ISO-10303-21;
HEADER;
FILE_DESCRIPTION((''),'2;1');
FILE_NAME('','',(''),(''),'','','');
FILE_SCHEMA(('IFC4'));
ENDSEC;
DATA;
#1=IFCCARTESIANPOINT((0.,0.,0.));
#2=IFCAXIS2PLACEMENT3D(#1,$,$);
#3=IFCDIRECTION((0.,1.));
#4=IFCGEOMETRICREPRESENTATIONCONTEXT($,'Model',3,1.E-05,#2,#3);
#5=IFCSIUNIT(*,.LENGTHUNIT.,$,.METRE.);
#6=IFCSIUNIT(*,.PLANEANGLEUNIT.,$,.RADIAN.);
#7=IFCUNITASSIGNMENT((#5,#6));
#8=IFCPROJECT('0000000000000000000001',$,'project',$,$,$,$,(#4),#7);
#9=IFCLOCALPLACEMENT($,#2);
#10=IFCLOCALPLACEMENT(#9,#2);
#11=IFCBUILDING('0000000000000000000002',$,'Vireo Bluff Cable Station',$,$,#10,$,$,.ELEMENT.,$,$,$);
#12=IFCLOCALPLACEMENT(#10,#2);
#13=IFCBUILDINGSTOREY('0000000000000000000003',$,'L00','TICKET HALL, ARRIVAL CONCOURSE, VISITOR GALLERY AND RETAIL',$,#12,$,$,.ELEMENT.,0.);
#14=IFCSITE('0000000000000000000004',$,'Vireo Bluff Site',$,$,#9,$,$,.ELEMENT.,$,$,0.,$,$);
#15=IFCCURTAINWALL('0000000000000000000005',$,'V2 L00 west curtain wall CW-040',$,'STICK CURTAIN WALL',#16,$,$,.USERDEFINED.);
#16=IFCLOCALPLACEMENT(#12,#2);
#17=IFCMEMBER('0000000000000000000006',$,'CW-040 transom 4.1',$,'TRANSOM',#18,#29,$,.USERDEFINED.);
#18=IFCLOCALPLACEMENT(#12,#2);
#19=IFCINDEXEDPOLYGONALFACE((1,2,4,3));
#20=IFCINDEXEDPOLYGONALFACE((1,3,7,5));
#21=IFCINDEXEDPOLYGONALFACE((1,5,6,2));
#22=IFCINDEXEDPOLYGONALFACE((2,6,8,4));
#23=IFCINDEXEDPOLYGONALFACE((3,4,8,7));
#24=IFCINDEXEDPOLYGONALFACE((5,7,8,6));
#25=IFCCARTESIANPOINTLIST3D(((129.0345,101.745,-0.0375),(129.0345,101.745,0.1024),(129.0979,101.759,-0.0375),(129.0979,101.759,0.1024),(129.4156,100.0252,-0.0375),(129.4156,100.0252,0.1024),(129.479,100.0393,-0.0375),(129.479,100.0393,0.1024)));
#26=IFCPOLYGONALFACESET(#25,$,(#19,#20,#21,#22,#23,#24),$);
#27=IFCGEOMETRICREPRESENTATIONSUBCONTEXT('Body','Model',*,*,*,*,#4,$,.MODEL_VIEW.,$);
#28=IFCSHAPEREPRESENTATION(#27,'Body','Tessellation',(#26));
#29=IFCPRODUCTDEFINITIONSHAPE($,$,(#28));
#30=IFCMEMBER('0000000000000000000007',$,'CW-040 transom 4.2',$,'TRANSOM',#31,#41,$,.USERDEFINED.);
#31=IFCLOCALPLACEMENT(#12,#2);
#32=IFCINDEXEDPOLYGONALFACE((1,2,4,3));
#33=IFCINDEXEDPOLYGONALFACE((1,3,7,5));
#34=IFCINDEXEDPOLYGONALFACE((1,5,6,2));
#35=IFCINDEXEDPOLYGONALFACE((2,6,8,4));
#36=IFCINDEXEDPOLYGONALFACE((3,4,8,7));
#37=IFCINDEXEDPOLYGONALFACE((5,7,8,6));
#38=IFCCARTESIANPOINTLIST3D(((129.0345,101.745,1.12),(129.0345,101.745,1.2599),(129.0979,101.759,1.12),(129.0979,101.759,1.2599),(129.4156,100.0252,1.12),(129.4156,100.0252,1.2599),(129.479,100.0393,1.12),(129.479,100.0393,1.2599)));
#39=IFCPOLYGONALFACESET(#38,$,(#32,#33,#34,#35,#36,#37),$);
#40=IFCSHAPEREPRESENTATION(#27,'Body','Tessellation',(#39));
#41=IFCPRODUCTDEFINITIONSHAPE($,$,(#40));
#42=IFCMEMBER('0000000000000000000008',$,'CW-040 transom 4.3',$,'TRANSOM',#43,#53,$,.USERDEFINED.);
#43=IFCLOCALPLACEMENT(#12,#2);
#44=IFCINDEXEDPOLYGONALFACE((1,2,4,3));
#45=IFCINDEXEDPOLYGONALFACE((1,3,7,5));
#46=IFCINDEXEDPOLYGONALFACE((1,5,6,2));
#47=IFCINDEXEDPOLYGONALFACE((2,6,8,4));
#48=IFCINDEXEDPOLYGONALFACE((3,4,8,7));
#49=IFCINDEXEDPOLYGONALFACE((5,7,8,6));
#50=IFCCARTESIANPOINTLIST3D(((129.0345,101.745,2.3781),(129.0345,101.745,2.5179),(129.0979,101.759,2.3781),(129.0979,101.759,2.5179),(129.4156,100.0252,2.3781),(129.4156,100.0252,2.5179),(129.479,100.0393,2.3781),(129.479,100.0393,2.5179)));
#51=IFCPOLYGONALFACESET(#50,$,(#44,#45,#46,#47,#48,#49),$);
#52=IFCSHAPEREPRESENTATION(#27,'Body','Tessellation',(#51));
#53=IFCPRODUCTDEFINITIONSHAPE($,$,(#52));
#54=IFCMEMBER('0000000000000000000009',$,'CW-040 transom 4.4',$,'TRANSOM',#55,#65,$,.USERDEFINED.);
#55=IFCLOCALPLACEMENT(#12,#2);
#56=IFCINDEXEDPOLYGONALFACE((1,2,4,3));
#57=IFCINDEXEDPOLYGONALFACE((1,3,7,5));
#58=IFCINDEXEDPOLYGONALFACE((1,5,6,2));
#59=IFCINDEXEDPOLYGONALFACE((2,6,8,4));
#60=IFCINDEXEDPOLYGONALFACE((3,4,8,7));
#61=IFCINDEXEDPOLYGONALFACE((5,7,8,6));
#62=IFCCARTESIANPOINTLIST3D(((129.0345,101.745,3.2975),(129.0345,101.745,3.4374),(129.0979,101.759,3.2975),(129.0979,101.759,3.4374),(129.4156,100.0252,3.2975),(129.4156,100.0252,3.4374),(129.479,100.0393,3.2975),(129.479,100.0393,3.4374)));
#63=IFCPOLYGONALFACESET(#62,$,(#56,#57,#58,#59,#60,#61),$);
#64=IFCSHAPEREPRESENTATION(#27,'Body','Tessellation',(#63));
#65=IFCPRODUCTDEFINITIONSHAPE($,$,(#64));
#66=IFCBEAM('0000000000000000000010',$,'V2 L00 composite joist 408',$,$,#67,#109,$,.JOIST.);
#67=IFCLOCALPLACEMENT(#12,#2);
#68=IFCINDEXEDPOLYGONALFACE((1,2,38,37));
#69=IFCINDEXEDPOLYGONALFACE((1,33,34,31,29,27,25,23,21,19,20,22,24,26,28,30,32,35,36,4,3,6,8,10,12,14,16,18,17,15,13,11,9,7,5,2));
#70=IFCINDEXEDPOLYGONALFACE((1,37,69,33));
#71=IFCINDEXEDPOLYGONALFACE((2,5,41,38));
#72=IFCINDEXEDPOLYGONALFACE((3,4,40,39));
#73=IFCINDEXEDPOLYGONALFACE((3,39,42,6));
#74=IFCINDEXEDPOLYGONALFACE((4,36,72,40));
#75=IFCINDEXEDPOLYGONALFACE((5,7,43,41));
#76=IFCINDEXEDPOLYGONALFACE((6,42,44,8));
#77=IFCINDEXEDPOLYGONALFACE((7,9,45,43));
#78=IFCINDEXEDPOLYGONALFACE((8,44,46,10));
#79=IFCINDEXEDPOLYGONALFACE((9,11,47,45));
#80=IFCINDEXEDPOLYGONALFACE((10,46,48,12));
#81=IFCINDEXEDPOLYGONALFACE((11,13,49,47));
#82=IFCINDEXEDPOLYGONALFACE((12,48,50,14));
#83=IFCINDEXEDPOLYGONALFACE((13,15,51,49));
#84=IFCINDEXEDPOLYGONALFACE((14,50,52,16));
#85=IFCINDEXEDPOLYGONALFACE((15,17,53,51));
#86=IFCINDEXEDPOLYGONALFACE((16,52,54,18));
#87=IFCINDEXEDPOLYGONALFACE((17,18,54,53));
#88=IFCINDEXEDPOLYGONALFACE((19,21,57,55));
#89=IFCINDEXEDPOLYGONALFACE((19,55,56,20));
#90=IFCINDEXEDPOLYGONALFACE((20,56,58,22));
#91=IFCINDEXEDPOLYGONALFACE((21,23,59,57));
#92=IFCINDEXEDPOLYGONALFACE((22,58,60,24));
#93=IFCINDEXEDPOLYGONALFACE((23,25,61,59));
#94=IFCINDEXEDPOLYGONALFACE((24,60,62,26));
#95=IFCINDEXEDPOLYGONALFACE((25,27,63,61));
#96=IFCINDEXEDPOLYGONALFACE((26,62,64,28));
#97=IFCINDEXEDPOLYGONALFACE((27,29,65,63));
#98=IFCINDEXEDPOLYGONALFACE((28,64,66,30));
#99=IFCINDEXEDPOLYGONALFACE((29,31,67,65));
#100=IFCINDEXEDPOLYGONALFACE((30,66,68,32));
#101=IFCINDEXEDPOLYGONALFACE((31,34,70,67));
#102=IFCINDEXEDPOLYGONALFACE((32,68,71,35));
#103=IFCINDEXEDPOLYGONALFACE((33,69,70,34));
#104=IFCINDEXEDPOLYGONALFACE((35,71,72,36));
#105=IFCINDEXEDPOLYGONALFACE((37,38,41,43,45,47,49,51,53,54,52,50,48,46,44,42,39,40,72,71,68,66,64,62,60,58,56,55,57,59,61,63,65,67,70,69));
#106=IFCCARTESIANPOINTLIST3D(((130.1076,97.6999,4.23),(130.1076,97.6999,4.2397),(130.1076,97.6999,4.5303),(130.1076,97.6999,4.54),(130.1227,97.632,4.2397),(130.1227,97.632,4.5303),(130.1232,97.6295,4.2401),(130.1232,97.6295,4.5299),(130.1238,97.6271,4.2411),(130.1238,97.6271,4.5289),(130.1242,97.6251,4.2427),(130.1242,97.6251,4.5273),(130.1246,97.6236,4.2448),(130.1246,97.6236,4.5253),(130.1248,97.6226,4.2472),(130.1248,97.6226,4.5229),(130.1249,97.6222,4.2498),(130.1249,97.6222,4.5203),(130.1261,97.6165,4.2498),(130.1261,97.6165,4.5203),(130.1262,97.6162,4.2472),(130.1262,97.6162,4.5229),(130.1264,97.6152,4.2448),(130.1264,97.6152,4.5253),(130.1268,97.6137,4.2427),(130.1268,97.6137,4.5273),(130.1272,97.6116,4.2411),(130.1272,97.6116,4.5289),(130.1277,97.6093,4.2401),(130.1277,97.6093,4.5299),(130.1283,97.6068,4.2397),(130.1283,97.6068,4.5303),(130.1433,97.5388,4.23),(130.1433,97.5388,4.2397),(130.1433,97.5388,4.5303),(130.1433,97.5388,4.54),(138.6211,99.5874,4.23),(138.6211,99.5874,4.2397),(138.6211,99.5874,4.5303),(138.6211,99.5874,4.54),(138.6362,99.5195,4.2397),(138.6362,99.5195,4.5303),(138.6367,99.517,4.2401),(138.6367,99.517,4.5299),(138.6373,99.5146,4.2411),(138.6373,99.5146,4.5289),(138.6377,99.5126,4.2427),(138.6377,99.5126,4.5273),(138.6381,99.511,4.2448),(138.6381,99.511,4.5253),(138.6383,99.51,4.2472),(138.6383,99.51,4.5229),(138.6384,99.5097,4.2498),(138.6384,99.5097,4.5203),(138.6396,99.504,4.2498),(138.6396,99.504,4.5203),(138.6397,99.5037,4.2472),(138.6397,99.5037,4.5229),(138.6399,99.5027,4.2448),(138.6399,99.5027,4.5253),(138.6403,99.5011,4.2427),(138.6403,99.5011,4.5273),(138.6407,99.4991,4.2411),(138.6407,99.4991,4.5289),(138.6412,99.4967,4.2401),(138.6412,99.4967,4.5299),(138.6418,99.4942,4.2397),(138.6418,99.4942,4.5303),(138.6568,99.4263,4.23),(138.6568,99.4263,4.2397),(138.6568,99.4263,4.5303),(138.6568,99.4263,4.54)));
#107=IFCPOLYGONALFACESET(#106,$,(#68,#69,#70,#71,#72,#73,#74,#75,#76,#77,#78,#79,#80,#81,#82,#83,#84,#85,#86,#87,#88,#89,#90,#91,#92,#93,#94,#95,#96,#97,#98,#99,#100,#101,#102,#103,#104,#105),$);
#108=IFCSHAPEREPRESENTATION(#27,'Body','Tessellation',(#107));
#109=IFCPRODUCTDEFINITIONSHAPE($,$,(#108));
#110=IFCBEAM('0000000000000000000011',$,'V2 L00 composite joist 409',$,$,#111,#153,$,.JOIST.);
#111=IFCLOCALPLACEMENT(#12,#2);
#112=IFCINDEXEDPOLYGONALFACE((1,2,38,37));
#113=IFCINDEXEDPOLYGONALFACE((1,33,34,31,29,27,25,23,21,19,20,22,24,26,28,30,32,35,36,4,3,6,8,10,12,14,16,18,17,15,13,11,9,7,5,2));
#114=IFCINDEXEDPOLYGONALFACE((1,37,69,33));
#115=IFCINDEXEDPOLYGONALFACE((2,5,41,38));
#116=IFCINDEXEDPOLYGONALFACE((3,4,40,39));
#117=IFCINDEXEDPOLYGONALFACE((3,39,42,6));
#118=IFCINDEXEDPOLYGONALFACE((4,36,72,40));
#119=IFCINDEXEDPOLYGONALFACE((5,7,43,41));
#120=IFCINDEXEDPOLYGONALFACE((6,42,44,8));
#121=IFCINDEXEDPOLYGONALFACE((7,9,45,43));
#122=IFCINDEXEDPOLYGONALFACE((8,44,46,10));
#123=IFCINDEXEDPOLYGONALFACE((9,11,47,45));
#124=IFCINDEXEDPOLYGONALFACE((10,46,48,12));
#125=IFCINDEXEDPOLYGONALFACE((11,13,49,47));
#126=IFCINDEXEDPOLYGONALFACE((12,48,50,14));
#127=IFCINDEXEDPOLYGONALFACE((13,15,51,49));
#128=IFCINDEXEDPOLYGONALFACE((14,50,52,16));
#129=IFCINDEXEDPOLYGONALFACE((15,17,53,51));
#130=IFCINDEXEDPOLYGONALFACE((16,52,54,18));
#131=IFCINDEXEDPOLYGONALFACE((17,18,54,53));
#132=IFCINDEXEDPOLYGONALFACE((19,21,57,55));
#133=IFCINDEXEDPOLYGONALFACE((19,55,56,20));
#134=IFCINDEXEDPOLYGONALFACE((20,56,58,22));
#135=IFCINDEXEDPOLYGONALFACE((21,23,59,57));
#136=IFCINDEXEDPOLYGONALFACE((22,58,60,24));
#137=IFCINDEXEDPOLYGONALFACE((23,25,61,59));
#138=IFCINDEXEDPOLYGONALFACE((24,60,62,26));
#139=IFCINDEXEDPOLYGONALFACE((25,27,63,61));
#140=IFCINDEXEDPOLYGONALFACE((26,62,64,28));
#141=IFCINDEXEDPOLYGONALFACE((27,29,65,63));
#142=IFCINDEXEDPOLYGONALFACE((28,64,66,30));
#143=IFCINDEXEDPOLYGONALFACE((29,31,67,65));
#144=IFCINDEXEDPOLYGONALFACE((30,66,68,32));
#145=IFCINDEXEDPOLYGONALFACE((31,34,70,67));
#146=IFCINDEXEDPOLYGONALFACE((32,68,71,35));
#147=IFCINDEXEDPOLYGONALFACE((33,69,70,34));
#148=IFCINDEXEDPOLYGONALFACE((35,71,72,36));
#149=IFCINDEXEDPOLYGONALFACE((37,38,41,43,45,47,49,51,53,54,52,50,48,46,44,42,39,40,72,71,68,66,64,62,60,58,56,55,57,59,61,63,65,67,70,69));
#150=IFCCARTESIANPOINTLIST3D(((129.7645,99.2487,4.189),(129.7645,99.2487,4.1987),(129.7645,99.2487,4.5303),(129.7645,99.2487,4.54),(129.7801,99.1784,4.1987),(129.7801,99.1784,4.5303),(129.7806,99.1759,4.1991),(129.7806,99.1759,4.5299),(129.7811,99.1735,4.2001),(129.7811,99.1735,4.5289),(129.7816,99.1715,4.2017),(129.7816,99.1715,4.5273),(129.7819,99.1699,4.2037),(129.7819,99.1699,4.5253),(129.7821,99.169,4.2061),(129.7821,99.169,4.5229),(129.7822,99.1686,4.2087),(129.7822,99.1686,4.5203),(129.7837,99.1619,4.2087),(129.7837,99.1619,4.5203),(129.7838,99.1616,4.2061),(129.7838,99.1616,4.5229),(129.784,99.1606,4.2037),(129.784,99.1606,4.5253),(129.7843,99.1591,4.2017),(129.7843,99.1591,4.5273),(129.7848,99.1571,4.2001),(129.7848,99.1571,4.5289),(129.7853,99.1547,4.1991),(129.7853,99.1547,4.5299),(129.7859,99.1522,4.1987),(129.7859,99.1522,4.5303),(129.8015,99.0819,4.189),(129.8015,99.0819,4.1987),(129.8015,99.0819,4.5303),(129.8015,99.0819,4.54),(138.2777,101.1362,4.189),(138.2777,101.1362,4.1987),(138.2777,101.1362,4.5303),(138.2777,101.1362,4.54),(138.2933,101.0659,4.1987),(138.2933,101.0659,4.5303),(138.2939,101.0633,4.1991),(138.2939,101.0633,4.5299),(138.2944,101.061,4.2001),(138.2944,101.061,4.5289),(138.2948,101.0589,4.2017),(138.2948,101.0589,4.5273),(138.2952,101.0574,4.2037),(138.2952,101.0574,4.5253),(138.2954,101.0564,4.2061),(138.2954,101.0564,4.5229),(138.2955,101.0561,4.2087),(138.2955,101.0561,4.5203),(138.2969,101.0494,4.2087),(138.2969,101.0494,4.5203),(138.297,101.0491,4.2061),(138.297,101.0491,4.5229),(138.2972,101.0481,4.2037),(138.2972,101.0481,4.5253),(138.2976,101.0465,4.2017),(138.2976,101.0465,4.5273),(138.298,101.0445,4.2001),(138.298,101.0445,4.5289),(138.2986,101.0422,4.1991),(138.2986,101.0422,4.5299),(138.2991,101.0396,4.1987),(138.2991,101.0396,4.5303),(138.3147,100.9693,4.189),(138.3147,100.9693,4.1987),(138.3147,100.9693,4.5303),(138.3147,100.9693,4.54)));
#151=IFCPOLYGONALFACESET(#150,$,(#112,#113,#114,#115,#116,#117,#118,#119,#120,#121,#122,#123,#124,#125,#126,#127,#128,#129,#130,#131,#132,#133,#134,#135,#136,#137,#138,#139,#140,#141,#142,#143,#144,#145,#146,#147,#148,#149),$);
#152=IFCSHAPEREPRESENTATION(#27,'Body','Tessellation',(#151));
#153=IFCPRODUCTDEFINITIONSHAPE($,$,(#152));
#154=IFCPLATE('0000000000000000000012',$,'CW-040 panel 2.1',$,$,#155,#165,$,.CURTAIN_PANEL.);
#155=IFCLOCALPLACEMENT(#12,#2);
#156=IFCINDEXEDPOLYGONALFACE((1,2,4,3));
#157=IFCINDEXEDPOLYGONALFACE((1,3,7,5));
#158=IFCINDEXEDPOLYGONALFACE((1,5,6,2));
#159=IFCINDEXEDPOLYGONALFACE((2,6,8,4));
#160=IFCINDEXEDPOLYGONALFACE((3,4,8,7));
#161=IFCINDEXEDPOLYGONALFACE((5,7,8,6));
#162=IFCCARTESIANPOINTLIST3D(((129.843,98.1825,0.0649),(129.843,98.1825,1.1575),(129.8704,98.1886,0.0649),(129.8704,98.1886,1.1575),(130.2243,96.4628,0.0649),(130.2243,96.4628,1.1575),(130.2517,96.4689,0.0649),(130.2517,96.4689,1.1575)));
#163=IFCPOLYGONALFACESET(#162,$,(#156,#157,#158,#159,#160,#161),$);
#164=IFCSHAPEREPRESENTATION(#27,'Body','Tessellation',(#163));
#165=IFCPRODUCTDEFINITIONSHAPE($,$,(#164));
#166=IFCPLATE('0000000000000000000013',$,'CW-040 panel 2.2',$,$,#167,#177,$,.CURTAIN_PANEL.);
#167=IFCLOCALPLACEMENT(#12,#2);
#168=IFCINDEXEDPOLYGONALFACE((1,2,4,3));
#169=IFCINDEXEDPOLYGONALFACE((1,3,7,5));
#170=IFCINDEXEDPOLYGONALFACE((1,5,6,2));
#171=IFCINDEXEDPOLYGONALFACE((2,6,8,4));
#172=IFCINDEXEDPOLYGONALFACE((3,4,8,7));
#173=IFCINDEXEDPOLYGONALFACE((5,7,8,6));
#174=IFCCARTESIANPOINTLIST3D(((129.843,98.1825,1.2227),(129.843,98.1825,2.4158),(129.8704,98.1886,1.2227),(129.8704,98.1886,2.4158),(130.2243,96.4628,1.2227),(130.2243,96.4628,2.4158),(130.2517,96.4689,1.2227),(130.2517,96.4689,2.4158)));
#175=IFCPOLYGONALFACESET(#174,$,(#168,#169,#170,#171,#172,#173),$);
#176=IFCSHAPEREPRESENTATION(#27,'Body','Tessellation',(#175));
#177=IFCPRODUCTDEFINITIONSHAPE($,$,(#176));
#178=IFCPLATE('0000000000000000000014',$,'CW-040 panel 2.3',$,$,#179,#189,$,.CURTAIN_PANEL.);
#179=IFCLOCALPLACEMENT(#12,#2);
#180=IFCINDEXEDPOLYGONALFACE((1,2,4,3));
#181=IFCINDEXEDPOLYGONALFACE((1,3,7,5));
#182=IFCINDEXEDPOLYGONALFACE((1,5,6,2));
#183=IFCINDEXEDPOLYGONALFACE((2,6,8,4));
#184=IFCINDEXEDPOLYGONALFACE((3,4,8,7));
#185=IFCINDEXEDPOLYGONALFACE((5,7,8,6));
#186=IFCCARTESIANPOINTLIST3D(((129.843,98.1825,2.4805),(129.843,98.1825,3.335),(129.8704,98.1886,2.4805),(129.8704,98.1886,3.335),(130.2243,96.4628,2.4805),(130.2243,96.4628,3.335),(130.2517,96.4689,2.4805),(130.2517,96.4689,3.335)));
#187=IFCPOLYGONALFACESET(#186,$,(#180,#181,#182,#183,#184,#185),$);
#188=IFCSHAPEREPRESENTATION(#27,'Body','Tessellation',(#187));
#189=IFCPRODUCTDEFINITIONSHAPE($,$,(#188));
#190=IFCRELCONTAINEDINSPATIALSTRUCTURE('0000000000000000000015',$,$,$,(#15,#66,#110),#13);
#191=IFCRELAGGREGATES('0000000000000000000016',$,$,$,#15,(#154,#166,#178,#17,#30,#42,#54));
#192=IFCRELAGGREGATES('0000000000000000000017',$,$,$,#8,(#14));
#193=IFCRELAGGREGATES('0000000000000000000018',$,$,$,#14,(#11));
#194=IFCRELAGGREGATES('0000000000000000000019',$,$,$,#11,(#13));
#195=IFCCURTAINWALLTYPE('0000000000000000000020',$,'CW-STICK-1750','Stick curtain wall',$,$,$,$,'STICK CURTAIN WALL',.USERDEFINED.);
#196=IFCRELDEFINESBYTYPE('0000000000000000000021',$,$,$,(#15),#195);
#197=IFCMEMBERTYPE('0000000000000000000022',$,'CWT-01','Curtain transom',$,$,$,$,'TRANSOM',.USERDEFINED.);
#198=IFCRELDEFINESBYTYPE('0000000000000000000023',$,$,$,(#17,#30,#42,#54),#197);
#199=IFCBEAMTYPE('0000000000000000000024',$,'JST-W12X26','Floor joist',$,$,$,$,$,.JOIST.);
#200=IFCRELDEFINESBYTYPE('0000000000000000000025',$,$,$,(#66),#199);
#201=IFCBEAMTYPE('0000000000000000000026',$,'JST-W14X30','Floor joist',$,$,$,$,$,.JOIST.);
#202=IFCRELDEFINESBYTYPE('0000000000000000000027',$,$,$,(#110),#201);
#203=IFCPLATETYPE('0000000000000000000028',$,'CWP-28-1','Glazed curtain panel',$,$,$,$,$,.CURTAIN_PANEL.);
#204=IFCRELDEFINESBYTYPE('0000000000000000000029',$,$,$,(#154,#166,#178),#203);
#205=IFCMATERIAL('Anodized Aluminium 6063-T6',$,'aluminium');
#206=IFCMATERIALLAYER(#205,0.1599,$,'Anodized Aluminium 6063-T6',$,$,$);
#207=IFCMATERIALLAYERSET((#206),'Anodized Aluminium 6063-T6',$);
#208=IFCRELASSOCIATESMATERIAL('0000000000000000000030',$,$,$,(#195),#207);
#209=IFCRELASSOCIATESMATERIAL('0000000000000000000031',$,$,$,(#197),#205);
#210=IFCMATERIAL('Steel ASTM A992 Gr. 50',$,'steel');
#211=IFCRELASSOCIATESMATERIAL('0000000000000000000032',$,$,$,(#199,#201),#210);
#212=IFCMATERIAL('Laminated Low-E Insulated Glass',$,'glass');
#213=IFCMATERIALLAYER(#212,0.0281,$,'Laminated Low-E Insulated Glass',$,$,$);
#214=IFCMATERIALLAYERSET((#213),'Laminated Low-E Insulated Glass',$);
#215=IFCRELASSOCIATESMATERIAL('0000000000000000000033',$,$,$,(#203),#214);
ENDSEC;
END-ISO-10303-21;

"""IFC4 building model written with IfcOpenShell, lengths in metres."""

from ifc_helpers import new_model, si_unit, direction, frame, origin, origin_2d, place, context, subcontext, project, spatial, rectangle, i_section, extrude, material, layer, layer_set, material_profile, profile_set, type_object, element, aggregate, save


model = new_model("IFC4")

# Units and contexts
model_context = context("Model", 3, precision=1e-05, world=origin(), true_north=direction((0.0, 1.0)))
body_context = subcontext(model_context, "Body", "Model", "MODEL_VIEW")
ifc_project = project(units=[si_unit("LENGTHUNIT", "METRE"), si_unit("PLANEANGLEUNIT", "RADIAN")], contexts=[model_context])

# Site, building, storey
site_placement = place(None, origin())
site = spatial("IfcSite", under=ifc_project, at=site_placement, Name="Vireo Bluff Site", CompositionType="ELEMENT", RefElevation=0.0)
building_placement = place(site_placement, origin())
building = spatial("IfcBuilding", under=site, at=building_placement, Name="Vireo Bluff Cable Station", CompositionType="ELEMENT")
storey_placement = place(building_placement, origin())
storey = spatial("IfcBuildingStorey", under=building, at=storey_placement, Name="L00", Description="TICKET HALL, ARRIVAL CONCOURSE, VISITOR GALLERY AND RETAIL", CompositionType="ELEMENT", Elevation=0.0)

# Curtain wall, members
ifc_material_1 = material(Name="Anodized Aluminium 6063-T6", Category="aluminium")
ifc_layer_1 = layer(ifc_material_1, 0.1599, Name="Anodized Aluminium 6063-T6")
ifc_layer_set_1 = layer_set([ifc_layer_1], Name="Anodized Aluminium 6063-T6")
curtain_wall_type = type_object("IfcCurtainWallType", Name="CW-STICK-1750", Description="Stick curtain wall", ElementType="STICK CURTAIN WALL", PredefinedType="USERDEFINED", material=ifc_layer_set_1)
curtain_wall_placement = place(storey_placement, origin())
curtain_wall = element("IfcCurtainWall", 1, at=curtain_wall_placement, inside=storey, type_object=curtain_wall_type, Name="V2 L00 west curtain wall CW-040", ObjectType="STICK CURTAIN WALL", PredefinedType="USERDEFINED")
ifc_material_profile_1 = material_profile(ifc_material_1, rectangle(XDim=0.0649, YDim=0.1399, at=origin_2d()), Name="ALU-T-65X140")
ifc_profile_set_1 = profile_set([ifc_material_profile_1], Name="Anodized Aluminium 6063-T6")
member_type_1 = type_object("IfcMemberType", Name="CWT-01", Description="Curtain transom", ElementType="TRANSOM", PredefinedType="USERDEFINED", material=ifc_profile_set_1)
member_1_placement = place(storey_placement, frame((129.4473, 100.0322, 0.0325), z_axis=(-0.216358, 0.976314, 0.0), x_axis=(-0.976314, -0.216358, 0.0)))
member_1 = element("IfcMember", 2, at=member_1_placement, type_object=member_type_1, Name="CW-040 transom 4.1", ObjectType="TRANSOM", PredefinedType="USERDEFINED", context=body_context, shape_type="SweptSolid", body=[
    extrude(rectangle(XDim=0.0649, YDim=0.1399, at=origin_2d()), origin(), (0.0, 0.0, 1.0), 1.7615),
])
member_2_placement = place(storey_placement, frame((129.4473, 100.0322, 1.1899), z_axis=(-0.216358, 0.976314, 0.0), x_axis=(-0.976314, -0.216358, 0.0)))
member_2 = element("IfcMember", 3, at=member_2_placement, type_object=member_type_1, Name="CW-040 transom 4.2", ObjectType="TRANSOM", PredefinedType="USERDEFINED", context=body_context, shape_type="SweptSolid", body=[
    extrude(rectangle(XDim=0.0649, YDim=0.1399, at=origin_2d()), origin(), (0.0, 0.0, 1.0), 1.7615),
])
member_3_placement = place(storey_placement, frame((129.4473, 100.0322, 2.448), z_axis=(-0.216358, 0.976314, 0.0), x_axis=(-0.976314, -0.216358, 0.0)))
member_3 = element("IfcMember", 4, at=member_3_placement, type_object=member_type_1, Name="CW-040 transom 4.3", ObjectType="TRANSOM", PredefinedType="USERDEFINED", context=body_context, shape_type="SweptSolid", body=[
    extrude(rectangle(XDim=0.0649, YDim=0.1399, at=origin_2d()), origin(), (0.0, 0.0, 1.0), 1.7615),
])
member_4_placement = place(storey_placement, frame((129.4473, 100.0322, 3.3674), z_axis=(-0.216358, 0.976314, 0.0), x_axis=(-0.976314, -0.216358, 0.0)))
member_4 = element("IfcMember", 5, at=member_4_placement, type_object=member_type_1, Name="CW-040 transom 4.4", ObjectType="TRANSOM", PredefinedType="USERDEFINED", context=body_context, shape_type="SweptSolid", body=[
    extrude(rectangle(XDim=0.0649, YDim=0.1399, at=origin_2d()), origin(), (0.0, 0.0, 1.0), 1.7615),
])

# Beams
ifc_material_2 = material(Name="Steel ASTM A992 Gr. 50", Category="steel")
ifc_material_profile_2 = material_profile(ifc_material_2, i_section(OverallWidth=0.165, OverallDepth=0.3101, WebThickness=0.0059, FlangeThickness=0.0098, FilletRadius=0.01, at=origin_2d()), Name="W12X26")
ifc_profile_set_2 = profile_set([ifc_material_profile_2], Name="Steel ASTM A992 Gr. 50")
beam_type_1 = type_object("IfcBeamType", Name="JST-W12X26", Description="Floor joist", PredefinedType="JOIST", material=ifc_profile_set_2)
beam_1_placement = place(storey_placement, frame((130.1255, 97.6194, 4.385), z_axis=(0.976294, 0.216447, 0.0), x_axis=(-0.216447, 0.976294, 0.0)))
element("IfcBeam", 6, at=beam_1_placement, inside=storey, type_object=beam_type_1, Name="V2 L00 composite joist 408", PredefinedType="JOIST", context=body_context, shape_type="SweptSolid", body=[
    extrude(i_section(OverallWidth=0.165, OverallDepth=0.3101, WebThickness=0.0059, FlangeThickness=0.0098, FilletRadius=0.01, at=origin_2d()), origin(), (0.0, 0.0, 1.0), 8.7202),
])
ifc_material_profile_3 = material_profile(ifc_material_2, i_section(OverallWidth=0.1709, OverallDepth=0.3511, WebThickness=0.0068, FlangeThickness=0.0098, FilletRadius=0.01, at=origin_2d()), Name="W14X30")
ifc_profile_set_3 = profile_set([ifc_material_profile_3], Name="Steel ASTM A992 Gr. 50")
beam_type_2 = type_object("IfcBeamType", Name="JST-W14X30", Description="Floor joist", PredefinedType="JOIST", material=ifc_profile_set_3)
beam_2_placement = place(storey_placement, frame((129.783, 99.1653, 4.3645), z_axis=(0.976293, 0.216453, 0.0), x_axis=(-0.216453, 0.976293, 0.0)))
element("IfcBeam", 7, at=beam_2_placement, inside=storey, type_object=beam_type_2, Name="V2 L00 composite joist 409", PredefinedType="JOIST", context=body_context, shape_type="SweptSolid", body=[
    extrude(i_section(OverallWidth=0.1709, OverallDepth=0.3511, WebThickness=0.0068, FlangeThickness=0.0098, FilletRadius=0.01, at=origin_2d()), origin(), (0.0, 0.0, 1.0), 8.72),
])

# Plates
ifc_material_3 = material(Name="Laminated Low-E Insulated Glass", Category="glass")
ifc_layer_2 = layer(ifc_material_3, 0.0281, Name="Laminated Low-E Insulated Glass")
ifc_layer_set_2 = layer_set([ifc_layer_2], Name="Laminated Low-E Insulated Glass")
plate_type = type_object("IfcPlateType", Name="CWP-28-1", Description="Glazed curtain panel", PredefinedType="CURTAIN_PANEL", material=ifc_layer_set_2)
plate_1_placement = place(storey_placement, frame((130.0474, 97.3257, 0.0649), z_axis=(0.0, 0.0, 1.0), x_axis=(-0.21644, 0.976296, 0.0)))
plate_1 = element("IfcPlate", 8, at=plate_1_placement, type_object=plate_type, Name="CW-040 panel 2.1", PredefinedType="CURTAIN_PANEL", context=body_context, shape_type="SweptSolid", body=[
    extrude(rectangle(XDim=1.7615, YDim=0.0281, at=origin_2d()), origin(), (0.0, 0.0, 1.0), 1.0925),
])
plate_2_placement = place(storey_placement, frame((130.0474, 97.3257, 1.2227), z_axis=(0.0, 0.0, 1.0), x_axis=(-0.21644, 0.976296, 0.0)))
plate_2 = element("IfcPlate", 9, at=plate_2_placement, type_object=plate_type, Name="CW-040 panel 2.2", PredefinedType="CURTAIN_PANEL", context=body_context, shape_type="SweptSolid", body=[
    extrude(rectangle(XDim=1.7615, YDim=0.0281, at=origin_2d()), origin(), (0.0, 0.0, 1.0), 1.1931),
])
plate_3_placement = place(storey_placement, frame((130.0474, 97.3257, 2.4805), z_axis=(0.0, 0.0, 1.0), x_axis=(-0.21644, 0.976296, 0.0)))
plate_3 = element("IfcPlate", 10, at=plate_3_placement, type_object=plate_type, Name="CW-040 panel 2.3", PredefinedType="CURTAIN_PANEL", context=body_context, shape_type="SweptSolid", body=[
    extrude(rectangle(XDim=1.7615, YDim=0.0281, at=origin_2d()), origin(), (0.0, 0.0, 1.0), 0.8545),
])
aggregate(curtain_wall, [plate_1, plate_2, plate_3, member_1, member_2, member_3, member_4])

save(model, "model.ifc")
